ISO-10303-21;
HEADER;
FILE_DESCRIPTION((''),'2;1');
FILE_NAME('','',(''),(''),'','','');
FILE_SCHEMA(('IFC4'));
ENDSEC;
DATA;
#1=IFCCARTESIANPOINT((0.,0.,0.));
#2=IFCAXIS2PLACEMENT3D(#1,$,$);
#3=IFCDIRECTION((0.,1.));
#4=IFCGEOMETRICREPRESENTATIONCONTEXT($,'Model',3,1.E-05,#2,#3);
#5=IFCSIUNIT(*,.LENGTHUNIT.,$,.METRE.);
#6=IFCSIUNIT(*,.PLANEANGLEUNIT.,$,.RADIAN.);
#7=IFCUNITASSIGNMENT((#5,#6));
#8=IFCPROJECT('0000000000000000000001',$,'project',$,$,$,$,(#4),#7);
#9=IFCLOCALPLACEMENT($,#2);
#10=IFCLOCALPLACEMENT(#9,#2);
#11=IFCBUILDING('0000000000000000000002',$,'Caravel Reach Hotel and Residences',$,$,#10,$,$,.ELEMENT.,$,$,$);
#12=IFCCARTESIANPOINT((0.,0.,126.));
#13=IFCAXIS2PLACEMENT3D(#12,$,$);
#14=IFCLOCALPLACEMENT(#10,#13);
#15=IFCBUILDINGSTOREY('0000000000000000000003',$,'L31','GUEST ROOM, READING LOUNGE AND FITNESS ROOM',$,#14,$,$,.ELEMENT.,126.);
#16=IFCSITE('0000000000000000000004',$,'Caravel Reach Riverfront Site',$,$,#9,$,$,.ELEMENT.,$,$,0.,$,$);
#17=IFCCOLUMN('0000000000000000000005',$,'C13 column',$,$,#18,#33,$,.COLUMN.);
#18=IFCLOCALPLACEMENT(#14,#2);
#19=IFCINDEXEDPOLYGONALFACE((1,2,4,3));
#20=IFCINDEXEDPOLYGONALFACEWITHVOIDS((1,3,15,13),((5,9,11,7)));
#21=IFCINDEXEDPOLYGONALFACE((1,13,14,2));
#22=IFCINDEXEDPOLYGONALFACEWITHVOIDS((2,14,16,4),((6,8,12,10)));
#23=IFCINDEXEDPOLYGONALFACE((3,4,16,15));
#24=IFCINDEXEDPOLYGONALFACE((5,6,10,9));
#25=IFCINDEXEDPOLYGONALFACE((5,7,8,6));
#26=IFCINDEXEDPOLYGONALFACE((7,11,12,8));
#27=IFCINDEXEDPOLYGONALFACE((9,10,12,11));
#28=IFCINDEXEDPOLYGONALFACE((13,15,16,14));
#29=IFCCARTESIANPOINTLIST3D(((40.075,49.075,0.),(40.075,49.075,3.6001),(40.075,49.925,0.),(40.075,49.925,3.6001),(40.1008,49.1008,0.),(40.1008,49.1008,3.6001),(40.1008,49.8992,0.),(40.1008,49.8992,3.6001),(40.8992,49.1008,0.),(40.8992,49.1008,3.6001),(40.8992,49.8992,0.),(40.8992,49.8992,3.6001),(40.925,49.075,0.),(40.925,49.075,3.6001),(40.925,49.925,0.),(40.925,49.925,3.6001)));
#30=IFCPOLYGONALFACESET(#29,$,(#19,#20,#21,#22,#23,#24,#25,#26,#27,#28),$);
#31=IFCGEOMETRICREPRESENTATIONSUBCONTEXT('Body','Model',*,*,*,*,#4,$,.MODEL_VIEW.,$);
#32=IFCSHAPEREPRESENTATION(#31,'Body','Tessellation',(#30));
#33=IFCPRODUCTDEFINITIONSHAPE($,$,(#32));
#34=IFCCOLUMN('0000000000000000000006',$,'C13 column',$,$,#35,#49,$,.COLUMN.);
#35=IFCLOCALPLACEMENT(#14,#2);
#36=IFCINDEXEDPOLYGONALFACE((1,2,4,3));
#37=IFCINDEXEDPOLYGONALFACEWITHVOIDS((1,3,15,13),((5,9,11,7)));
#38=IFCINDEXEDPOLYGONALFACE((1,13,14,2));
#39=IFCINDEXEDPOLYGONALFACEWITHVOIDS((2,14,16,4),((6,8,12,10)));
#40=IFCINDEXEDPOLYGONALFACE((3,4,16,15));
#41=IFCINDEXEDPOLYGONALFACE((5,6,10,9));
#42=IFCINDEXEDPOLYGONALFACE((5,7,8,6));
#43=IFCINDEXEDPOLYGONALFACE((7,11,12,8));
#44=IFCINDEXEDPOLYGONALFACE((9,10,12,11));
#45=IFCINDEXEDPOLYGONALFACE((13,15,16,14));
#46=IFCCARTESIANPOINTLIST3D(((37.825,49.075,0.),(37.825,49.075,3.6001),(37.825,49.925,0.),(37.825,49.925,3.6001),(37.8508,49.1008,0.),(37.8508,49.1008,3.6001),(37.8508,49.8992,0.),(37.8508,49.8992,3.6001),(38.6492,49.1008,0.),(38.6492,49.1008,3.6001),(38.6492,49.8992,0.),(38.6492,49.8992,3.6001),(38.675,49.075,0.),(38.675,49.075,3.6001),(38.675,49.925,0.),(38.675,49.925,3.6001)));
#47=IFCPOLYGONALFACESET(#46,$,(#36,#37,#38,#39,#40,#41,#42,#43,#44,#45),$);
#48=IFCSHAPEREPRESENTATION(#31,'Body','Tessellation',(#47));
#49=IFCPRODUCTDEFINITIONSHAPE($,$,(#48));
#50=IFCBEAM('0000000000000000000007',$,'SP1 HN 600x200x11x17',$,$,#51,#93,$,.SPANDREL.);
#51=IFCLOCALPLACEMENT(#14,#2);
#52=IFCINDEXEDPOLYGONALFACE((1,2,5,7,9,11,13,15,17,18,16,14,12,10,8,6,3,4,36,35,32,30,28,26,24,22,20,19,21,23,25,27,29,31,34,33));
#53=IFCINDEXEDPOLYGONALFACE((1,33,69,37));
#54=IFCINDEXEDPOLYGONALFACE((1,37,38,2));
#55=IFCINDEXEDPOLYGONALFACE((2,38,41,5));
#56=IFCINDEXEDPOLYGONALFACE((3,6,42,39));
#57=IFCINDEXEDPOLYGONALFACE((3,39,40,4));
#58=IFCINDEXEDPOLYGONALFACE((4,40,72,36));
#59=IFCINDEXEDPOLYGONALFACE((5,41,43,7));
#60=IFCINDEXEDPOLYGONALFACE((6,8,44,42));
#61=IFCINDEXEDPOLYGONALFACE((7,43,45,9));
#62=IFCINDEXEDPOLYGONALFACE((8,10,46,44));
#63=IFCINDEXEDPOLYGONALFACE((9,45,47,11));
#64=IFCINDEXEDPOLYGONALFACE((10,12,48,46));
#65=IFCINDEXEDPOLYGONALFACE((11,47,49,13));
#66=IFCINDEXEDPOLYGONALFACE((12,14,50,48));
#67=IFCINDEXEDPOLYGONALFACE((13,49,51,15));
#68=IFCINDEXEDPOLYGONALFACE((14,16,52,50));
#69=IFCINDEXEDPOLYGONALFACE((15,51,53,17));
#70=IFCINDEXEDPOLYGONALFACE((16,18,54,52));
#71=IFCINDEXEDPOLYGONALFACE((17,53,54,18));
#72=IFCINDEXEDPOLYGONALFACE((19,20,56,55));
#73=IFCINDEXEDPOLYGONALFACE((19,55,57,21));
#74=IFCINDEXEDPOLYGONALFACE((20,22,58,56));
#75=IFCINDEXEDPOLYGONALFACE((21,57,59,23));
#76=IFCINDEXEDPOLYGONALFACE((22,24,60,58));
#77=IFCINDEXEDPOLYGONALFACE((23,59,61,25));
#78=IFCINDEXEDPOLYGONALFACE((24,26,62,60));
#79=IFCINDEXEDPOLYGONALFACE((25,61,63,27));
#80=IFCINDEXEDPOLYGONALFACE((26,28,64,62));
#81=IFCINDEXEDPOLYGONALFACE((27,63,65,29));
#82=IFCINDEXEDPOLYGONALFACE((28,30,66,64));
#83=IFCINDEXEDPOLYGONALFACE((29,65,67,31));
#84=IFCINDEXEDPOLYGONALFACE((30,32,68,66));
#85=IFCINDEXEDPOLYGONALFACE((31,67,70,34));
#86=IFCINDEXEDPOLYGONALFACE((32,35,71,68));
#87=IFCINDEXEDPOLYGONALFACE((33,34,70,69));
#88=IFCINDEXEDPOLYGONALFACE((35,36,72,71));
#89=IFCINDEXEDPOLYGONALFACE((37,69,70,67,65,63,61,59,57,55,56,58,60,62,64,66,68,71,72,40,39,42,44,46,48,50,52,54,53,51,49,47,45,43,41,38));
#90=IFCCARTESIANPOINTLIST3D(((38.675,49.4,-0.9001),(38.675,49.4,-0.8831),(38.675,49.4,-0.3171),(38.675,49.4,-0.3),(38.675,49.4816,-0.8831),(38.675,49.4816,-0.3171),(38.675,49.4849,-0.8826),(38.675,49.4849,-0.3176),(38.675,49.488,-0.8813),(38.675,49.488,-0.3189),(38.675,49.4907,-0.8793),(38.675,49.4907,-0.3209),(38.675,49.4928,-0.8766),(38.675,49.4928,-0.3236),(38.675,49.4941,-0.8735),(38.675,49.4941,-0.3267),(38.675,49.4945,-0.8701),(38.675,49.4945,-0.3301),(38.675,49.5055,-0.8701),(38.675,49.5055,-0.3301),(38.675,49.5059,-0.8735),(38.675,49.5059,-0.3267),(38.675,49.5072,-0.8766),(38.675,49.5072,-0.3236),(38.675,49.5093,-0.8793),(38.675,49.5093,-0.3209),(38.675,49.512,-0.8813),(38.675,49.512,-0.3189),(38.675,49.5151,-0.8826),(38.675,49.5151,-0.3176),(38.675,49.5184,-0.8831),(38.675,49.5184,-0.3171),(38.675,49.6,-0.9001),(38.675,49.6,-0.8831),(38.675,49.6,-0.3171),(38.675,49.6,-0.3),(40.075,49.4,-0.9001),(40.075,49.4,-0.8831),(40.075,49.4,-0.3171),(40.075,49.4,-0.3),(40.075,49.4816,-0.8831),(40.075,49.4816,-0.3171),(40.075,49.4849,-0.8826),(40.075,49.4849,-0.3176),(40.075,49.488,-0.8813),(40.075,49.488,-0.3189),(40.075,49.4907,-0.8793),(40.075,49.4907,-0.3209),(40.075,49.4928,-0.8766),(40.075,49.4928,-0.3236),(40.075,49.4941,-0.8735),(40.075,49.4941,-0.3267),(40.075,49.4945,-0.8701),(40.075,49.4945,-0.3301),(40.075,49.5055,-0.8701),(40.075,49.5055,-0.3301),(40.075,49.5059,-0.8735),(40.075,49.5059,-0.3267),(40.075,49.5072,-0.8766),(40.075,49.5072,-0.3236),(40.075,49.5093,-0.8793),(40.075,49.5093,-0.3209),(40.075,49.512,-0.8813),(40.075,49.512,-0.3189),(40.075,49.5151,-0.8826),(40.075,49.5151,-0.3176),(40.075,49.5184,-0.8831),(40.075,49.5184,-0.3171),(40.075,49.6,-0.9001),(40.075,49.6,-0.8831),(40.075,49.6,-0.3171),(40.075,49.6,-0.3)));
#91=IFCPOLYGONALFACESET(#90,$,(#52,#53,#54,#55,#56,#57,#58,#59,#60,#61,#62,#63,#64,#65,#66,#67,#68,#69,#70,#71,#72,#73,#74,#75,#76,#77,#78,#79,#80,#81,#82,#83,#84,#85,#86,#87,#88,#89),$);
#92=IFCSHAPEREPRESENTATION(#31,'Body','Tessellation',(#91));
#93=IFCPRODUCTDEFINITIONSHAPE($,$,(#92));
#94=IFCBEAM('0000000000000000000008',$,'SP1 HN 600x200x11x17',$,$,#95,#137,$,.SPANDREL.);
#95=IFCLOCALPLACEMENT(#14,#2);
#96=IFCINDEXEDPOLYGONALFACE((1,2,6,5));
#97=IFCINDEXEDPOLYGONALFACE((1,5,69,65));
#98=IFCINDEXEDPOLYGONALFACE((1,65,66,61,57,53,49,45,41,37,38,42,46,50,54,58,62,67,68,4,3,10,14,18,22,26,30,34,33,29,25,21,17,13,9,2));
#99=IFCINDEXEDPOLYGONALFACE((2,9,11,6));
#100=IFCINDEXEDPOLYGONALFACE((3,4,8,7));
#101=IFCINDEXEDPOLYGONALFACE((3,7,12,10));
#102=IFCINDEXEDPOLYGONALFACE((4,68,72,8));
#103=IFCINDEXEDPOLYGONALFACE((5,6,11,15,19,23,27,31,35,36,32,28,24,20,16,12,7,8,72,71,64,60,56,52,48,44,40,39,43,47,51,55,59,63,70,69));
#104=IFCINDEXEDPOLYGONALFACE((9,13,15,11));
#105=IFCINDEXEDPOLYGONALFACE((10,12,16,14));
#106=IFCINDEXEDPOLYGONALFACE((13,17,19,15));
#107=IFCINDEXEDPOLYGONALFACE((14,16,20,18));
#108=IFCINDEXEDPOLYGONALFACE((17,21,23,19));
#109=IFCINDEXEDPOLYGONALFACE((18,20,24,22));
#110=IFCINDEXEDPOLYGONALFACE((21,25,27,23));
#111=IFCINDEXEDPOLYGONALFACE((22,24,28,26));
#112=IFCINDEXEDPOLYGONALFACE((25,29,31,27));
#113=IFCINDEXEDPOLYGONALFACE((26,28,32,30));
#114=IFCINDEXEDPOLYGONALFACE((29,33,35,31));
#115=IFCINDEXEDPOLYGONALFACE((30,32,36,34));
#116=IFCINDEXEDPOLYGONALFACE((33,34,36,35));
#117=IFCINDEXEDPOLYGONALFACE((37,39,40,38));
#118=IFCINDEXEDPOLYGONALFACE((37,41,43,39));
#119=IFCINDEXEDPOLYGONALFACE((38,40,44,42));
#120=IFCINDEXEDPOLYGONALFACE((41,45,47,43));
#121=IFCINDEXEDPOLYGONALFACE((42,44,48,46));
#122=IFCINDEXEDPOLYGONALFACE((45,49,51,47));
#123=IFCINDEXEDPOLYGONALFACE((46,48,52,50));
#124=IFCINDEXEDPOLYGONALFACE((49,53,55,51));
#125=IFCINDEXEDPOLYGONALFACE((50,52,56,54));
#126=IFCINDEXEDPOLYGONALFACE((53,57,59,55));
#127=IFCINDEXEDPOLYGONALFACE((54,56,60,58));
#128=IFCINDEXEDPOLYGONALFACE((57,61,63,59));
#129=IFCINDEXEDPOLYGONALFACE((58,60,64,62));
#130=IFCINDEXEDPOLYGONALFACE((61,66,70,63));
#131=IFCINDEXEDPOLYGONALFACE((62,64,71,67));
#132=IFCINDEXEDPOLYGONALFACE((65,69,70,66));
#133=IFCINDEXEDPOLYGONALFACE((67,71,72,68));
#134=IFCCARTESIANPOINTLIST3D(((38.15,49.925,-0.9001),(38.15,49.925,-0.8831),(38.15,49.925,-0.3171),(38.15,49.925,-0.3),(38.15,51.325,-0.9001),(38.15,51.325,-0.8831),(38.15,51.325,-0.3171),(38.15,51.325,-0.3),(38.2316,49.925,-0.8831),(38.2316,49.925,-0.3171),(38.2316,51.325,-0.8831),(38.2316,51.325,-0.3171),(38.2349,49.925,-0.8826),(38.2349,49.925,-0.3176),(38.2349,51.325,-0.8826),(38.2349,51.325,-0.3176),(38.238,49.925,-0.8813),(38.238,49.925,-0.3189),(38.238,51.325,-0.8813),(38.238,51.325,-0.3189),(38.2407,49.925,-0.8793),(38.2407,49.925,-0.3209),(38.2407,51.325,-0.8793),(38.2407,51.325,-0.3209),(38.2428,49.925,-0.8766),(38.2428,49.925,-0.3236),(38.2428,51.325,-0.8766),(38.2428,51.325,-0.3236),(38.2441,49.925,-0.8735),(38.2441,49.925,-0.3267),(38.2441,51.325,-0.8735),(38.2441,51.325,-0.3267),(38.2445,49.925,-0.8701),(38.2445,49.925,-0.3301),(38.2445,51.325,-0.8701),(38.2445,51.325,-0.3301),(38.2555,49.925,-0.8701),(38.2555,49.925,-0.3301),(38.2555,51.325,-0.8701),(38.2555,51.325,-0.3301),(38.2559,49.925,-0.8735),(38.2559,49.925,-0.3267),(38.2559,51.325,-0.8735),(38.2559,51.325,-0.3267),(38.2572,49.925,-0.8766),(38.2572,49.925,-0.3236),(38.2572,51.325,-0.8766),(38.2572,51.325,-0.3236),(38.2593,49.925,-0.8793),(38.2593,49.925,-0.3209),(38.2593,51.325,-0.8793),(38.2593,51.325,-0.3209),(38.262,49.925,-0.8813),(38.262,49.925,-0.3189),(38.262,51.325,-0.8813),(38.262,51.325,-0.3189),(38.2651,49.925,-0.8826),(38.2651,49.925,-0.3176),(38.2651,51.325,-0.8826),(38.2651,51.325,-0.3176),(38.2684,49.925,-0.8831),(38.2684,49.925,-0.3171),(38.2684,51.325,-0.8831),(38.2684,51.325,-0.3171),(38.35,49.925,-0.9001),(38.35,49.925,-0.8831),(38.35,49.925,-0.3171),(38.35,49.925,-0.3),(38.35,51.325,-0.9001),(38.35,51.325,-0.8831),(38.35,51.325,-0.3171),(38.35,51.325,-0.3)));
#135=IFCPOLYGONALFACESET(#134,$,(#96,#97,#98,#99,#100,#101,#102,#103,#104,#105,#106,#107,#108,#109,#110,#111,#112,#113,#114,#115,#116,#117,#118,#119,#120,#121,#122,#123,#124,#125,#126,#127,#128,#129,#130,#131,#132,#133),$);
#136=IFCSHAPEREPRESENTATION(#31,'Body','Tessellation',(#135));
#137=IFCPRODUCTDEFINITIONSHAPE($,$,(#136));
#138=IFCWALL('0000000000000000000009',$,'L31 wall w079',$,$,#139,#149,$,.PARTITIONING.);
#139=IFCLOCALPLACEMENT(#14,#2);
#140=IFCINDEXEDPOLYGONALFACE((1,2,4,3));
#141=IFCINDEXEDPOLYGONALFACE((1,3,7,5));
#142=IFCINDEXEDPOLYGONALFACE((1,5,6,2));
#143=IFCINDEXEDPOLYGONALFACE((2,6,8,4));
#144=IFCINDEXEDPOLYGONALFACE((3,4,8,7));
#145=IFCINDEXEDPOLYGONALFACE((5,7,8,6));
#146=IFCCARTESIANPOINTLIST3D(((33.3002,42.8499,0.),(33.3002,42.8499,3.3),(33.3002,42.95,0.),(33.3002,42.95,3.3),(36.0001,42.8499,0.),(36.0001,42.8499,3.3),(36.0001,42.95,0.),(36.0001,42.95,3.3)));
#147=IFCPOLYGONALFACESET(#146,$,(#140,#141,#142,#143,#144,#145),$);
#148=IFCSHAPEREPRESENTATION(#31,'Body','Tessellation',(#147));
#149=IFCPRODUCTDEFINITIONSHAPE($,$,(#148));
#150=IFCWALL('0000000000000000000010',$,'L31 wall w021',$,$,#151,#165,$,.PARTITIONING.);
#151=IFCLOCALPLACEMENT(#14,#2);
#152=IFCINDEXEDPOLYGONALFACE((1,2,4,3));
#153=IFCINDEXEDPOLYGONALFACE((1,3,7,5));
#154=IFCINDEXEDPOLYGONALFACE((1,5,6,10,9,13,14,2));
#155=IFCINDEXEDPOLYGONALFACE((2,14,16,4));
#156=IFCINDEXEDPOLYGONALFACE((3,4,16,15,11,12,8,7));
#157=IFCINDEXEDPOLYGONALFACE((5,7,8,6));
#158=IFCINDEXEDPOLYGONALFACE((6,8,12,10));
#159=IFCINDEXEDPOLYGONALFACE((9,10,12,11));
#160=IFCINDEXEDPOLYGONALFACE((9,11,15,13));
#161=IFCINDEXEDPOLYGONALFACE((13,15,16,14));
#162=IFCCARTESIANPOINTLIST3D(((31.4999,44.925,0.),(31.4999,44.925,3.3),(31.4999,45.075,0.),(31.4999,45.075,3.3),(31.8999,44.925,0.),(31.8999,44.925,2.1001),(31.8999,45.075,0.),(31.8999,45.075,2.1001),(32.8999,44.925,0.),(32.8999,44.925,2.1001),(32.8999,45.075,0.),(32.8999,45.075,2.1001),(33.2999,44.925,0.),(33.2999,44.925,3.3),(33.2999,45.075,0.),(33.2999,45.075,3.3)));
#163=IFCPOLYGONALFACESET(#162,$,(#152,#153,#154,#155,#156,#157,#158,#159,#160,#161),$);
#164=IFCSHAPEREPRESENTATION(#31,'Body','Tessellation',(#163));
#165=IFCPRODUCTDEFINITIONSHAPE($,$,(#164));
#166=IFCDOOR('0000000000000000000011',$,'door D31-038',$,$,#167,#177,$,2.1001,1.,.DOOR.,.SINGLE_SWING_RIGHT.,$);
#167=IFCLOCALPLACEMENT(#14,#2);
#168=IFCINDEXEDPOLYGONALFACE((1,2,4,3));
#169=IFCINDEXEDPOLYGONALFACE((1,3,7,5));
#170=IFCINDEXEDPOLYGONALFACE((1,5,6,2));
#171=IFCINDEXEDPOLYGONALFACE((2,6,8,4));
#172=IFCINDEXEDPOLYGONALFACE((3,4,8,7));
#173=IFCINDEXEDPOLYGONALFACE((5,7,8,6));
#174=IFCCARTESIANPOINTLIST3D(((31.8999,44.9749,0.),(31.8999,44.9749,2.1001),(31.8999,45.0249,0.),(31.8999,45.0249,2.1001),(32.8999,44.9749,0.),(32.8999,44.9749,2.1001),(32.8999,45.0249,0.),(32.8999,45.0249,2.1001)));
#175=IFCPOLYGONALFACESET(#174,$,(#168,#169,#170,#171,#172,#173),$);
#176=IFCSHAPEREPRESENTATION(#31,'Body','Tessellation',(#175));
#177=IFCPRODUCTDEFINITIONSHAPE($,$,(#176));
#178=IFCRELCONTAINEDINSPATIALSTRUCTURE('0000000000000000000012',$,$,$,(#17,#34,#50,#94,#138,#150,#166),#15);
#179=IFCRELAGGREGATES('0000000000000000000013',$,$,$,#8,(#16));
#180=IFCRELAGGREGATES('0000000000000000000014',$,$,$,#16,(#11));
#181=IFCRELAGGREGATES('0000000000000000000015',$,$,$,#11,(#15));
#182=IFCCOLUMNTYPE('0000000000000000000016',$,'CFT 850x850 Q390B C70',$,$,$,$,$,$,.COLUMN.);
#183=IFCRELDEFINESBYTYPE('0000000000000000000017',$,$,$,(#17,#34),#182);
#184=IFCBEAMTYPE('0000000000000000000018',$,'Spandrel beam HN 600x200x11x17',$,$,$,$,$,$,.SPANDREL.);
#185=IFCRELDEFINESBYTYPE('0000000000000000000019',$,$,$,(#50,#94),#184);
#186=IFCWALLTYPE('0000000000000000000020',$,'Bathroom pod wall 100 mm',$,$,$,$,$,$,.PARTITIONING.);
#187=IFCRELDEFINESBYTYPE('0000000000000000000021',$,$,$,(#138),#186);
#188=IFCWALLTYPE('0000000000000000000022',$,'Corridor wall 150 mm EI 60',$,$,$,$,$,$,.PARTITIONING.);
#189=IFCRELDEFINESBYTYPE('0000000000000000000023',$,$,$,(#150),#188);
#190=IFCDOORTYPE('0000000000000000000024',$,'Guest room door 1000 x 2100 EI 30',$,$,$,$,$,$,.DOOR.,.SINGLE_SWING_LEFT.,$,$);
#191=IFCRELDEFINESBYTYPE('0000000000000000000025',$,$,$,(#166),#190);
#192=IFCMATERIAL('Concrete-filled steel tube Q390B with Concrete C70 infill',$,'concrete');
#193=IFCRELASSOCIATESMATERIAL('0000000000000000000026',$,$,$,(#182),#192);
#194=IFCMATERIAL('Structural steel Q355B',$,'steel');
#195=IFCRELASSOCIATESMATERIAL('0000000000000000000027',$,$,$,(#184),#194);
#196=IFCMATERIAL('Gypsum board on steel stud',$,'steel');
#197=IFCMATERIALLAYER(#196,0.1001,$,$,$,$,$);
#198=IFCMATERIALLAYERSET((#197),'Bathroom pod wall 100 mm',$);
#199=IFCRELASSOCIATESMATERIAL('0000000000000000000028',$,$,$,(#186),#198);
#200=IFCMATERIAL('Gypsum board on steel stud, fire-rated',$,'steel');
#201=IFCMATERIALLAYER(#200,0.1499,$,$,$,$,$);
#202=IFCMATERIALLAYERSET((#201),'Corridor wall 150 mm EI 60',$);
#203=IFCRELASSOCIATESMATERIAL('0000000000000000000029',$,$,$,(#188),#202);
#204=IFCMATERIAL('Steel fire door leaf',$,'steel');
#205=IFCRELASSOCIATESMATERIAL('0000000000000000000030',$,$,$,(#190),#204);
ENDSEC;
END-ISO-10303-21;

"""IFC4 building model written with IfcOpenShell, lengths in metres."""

from ifc_helpers import new_model, si_unit, direction, frame, frame_2d, origin, origin_2d, place, context, subcontext, project, spatial, rectangle, hollow_rectangle, i_section, extrude, material, layer, layer_set, material_profile, profile_set, type_object, element, fill, save


model = new_model("IFC4")

# Units and contexts
model_context = context("Model", 3, precision=1e-05, world=origin(), true_north=direction((0.0, 1.0)))
body_context = subcontext(model_context, "Body", "Model", "MODEL_VIEW")
ifc_project = project(units=[si_unit("LENGTHUNIT", "METRE"), si_unit("PLANEANGLEUNIT", "RADIAN")], contexts=[model_context])

# Site, building, storey
site_placement = place(None, origin())
site = spatial("IfcSite", under=ifc_project, at=site_placement, Name="Caravel Reach Riverfront Site", CompositionType="ELEMENT", RefElevation=0.0)
building_placement = place(site_placement, origin())
building = spatial("IfcBuilding", under=site, at=building_placement, Name="Caravel Reach Hotel and Residences", CompositionType="ELEMENT")
storey_placement = place(building_placement, frame((0.0, 0.0, 126.0)))
storey = spatial("IfcBuildingStorey", under=building, at=storey_placement, Name="L31", Description="GUEST ROOM, READING LOUNGE AND FITNESS ROOM", CompositionType="ELEMENT", Elevation=126.0)

# Columns
ifc_material_1 = material(Name="Concrete-filled steel tube Q390B with Concrete C70 infill", Category="concrete")
ifc_material_profile_1 = material_profile(ifc_material_1, hollow_rectangle(XDim=0.8501, YDim=0.8501, WallThickness=0.0259, at=origin_2d()), Name="RHS 850x850x26")
ifc_profile_set_1 = profile_set([ifc_material_profile_1], Name="Concrete-filled steel tube Q390B with Concrete C70 infill")
column_type = type_object("IfcColumnType", Name="CFT 850x850 Q390B C70", PredefinedType="COLUMN", material=ifc_profile_set_1)
for number, where, z_axis, x_axis, name in (
    (1, (40.5, 49.5, 0.0), (0.0, 0.0, 1.0), (1.0, 0.0, 0.0), "C13 column"),
    (2, (38.25, 49.5, 0.0), (0.0, 0.0, 1.0), (1.0, 0.0, 0.0), "C13 column"),
):
    element("IfcColumn", number, at=place(storey_placement, frame(where, z_axis=z_axis, x_axis=x_axis)), inside=storey, type_object=column_type, Name=name, PredefinedType="COLUMN", context=body_context, shape_type="SweptSolid", body=[
        extrude(hollow_rectangle(XDim=0.8501, YDim=0.8501, WallThickness=0.0259, at=origin_2d()), origin(), (0.0, 0.0, 1.0), 3.6001),
    ])

# Beams
ifc_material_2 = material(Name="Structural steel Q355B", Category="steel")
ifc_material_profile_2 = material_profile(ifc_material_2, i_section(OverallWidth=0.2, OverallDepth=0.6001, WebThickness=0.011, FlangeThickness=0.0171, FilletRadius=0.0129, at=origin_2d()), Name="HN 600x200x11x17")
ifc_profile_set_2 = profile_set([ifc_material_profile_2], Name="Structural steel Q355B")
beam_type = type_object("IfcBeamType", Name="Spandrel beam HN 600x200x11x17", PredefinedType="SPANDREL", material=ifc_profile_set_2)
for number, where, z_axis, x_axis, name in (
    (3, (40.075, 49.5, -0.6001), (-1.0, 0.0, 0.0), (0.0, -1.0, 0.0), "SP1 HN 600x200x11x17"),
    (4, (38.25, 49.925, -0.6001), (0.0, 1.0, 0.0), (-1.0, 0.0, 0.0), "SP1 HN 600x200x11x17"),
):
    element("IfcBeam", number, at=place(storey_placement, frame(where, z_axis=z_axis, x_axis=x_axis)), inside=storey, type_object=beam_type, Name=name, PredefinedType="SPANDREL", context=body_context, shape_type="SweptSolid", body=[
        extrude(i_section(OverallWidth=0.2, OverallDepth=0.6001, WebThickness=0.011, FlangeThickness=0.0171, FilletRadius=0.0129, at=origin_2d()), origin(), (0.0, 0.0, 1.0), 1.3999),
    ])

# Wall
ifc_material_3 = material(Name="Gypsum board on steel stud", Category="steel")
ifc_layer_1 = layer(ifc_material_3, 0.1001)
ifc_layer_set_1 = layer_set([ifc_layer_1], Name="Bathroom pod wall 100 mm")
wall_type_1 = type_object("IfcWallType", Name="Bathroom pod wall 100 mm", PredefinedType="PARTITIONING", material=ifc_layer_set_1)
wall_1_placement = place(storey_placement, frame((33.3, 42.8999, 0.0), z_axis=(0.0, 0.0, 1.0), x_axis=(1.0, 0.0, 0.0)))
element("IfcWall", 5, at=wall_1_placement, inside=storey, type_object=wall_type_1, Name="L31 wall w079", PredefinedType="PARTITIONING", context=body_context, shape_type="SweptSolid", body=[
    extrude(rectangle(XDim=2.7, YDim=0.1001, at=frame_2d((1.3501, 0.0))), origin(), (0.0, 0.0, 1.0), 3.3),
])

# Wall, opening, door
ifc_material_4 = material(Name="Gypsum board on steel stud, fire-rated", Category="steel")
ifc_layer_2 = layer(ifc_material_4, 0.1499)
ifc_layer_set_2 = layer_set([ifc_layer_2], Name="Corridor wall 150 mm EI 60")
wall_type_2 = type_object("IfcWallType", Name="Corridor wall 150 mm EI 60", PredefinedType="PARTITIONING", material=ifc_layer_set_2)
wall_2_placement = place(storey_placement, frame((31.5, 45.0, 0.0), z_axis=(0.0, 0.0, 1.0), x_axis=(1.0, 0.0, 0.0)))
wall_2 = element("IfcWall", 6, at=wall_2_placement, inside=storey, type_object=wall_type_2, Name="L31 wall w021", PredefinedType="PARTITIONING", context=body_context, shape_type="SweptSolid", body=[
    extrude(rectangle(XDim=1.8, YDim=0.1499, at=frame_2d((0.8999, 0.0))), origin(), (0.0, 0.0, 1.0), 3.3),
])
opening_1_placement = place(wall_2_placement, frame((0.3999, 0.0, 0.0)))
opening_1 = element("IfcOpeningElement", 7, at=opening_1_placement, cuts=wall_2, PredefinedType="OPENING", context=body_context, shape_type="SweptSolid", body=[
    extrude(rectangle(XDim=1.0, YDim=2.1001, at=frame_2d((0.5, 1.05))), frame((0.0, 0.085, 0.0), z_axis=(0.0, -1.0, 0.0), x_axis=(1.0, 0.0, 0.0)), (0.0, 0.0, 1.0), 0.1699),
])
ifc_material_5 = material(Name="Steel fire door leaf", Category="steel")
door_type = type_object("IfcDoorType", Name="Guest room door 1000 x 2100 EI 30", OperationType="SINGLE_SWING_LEFT", PredefinedType="DOOR", material=ifc_material_5)
door_placement = place(opening_1_placement, origin())
door = element("IfcDoor", 8, at=door_placement, inside=storey, type_object=door_type, Name="door D31-038", OperationType="SINGLE_SWING_RIGHT", OverallHeight=2.1001, OverallWidth=1.0, PredefinedType="DOOR", context=body_context, shape_type="SweptSolid", body=[
    extrude(rectangle(XDim=1.0, YDim=2.1001, at=frame_2d((0.5, 1.05))), frame((0.0, 0.0249, 0.0), z_axis=(0.0, -1.0, 0.0), x_axis=(1.0, 0.0, 0.0)), (0.0, 0.0, 1.0), 0.05),
])
fill(opening_1, door)

save(model, "model.ifc")
